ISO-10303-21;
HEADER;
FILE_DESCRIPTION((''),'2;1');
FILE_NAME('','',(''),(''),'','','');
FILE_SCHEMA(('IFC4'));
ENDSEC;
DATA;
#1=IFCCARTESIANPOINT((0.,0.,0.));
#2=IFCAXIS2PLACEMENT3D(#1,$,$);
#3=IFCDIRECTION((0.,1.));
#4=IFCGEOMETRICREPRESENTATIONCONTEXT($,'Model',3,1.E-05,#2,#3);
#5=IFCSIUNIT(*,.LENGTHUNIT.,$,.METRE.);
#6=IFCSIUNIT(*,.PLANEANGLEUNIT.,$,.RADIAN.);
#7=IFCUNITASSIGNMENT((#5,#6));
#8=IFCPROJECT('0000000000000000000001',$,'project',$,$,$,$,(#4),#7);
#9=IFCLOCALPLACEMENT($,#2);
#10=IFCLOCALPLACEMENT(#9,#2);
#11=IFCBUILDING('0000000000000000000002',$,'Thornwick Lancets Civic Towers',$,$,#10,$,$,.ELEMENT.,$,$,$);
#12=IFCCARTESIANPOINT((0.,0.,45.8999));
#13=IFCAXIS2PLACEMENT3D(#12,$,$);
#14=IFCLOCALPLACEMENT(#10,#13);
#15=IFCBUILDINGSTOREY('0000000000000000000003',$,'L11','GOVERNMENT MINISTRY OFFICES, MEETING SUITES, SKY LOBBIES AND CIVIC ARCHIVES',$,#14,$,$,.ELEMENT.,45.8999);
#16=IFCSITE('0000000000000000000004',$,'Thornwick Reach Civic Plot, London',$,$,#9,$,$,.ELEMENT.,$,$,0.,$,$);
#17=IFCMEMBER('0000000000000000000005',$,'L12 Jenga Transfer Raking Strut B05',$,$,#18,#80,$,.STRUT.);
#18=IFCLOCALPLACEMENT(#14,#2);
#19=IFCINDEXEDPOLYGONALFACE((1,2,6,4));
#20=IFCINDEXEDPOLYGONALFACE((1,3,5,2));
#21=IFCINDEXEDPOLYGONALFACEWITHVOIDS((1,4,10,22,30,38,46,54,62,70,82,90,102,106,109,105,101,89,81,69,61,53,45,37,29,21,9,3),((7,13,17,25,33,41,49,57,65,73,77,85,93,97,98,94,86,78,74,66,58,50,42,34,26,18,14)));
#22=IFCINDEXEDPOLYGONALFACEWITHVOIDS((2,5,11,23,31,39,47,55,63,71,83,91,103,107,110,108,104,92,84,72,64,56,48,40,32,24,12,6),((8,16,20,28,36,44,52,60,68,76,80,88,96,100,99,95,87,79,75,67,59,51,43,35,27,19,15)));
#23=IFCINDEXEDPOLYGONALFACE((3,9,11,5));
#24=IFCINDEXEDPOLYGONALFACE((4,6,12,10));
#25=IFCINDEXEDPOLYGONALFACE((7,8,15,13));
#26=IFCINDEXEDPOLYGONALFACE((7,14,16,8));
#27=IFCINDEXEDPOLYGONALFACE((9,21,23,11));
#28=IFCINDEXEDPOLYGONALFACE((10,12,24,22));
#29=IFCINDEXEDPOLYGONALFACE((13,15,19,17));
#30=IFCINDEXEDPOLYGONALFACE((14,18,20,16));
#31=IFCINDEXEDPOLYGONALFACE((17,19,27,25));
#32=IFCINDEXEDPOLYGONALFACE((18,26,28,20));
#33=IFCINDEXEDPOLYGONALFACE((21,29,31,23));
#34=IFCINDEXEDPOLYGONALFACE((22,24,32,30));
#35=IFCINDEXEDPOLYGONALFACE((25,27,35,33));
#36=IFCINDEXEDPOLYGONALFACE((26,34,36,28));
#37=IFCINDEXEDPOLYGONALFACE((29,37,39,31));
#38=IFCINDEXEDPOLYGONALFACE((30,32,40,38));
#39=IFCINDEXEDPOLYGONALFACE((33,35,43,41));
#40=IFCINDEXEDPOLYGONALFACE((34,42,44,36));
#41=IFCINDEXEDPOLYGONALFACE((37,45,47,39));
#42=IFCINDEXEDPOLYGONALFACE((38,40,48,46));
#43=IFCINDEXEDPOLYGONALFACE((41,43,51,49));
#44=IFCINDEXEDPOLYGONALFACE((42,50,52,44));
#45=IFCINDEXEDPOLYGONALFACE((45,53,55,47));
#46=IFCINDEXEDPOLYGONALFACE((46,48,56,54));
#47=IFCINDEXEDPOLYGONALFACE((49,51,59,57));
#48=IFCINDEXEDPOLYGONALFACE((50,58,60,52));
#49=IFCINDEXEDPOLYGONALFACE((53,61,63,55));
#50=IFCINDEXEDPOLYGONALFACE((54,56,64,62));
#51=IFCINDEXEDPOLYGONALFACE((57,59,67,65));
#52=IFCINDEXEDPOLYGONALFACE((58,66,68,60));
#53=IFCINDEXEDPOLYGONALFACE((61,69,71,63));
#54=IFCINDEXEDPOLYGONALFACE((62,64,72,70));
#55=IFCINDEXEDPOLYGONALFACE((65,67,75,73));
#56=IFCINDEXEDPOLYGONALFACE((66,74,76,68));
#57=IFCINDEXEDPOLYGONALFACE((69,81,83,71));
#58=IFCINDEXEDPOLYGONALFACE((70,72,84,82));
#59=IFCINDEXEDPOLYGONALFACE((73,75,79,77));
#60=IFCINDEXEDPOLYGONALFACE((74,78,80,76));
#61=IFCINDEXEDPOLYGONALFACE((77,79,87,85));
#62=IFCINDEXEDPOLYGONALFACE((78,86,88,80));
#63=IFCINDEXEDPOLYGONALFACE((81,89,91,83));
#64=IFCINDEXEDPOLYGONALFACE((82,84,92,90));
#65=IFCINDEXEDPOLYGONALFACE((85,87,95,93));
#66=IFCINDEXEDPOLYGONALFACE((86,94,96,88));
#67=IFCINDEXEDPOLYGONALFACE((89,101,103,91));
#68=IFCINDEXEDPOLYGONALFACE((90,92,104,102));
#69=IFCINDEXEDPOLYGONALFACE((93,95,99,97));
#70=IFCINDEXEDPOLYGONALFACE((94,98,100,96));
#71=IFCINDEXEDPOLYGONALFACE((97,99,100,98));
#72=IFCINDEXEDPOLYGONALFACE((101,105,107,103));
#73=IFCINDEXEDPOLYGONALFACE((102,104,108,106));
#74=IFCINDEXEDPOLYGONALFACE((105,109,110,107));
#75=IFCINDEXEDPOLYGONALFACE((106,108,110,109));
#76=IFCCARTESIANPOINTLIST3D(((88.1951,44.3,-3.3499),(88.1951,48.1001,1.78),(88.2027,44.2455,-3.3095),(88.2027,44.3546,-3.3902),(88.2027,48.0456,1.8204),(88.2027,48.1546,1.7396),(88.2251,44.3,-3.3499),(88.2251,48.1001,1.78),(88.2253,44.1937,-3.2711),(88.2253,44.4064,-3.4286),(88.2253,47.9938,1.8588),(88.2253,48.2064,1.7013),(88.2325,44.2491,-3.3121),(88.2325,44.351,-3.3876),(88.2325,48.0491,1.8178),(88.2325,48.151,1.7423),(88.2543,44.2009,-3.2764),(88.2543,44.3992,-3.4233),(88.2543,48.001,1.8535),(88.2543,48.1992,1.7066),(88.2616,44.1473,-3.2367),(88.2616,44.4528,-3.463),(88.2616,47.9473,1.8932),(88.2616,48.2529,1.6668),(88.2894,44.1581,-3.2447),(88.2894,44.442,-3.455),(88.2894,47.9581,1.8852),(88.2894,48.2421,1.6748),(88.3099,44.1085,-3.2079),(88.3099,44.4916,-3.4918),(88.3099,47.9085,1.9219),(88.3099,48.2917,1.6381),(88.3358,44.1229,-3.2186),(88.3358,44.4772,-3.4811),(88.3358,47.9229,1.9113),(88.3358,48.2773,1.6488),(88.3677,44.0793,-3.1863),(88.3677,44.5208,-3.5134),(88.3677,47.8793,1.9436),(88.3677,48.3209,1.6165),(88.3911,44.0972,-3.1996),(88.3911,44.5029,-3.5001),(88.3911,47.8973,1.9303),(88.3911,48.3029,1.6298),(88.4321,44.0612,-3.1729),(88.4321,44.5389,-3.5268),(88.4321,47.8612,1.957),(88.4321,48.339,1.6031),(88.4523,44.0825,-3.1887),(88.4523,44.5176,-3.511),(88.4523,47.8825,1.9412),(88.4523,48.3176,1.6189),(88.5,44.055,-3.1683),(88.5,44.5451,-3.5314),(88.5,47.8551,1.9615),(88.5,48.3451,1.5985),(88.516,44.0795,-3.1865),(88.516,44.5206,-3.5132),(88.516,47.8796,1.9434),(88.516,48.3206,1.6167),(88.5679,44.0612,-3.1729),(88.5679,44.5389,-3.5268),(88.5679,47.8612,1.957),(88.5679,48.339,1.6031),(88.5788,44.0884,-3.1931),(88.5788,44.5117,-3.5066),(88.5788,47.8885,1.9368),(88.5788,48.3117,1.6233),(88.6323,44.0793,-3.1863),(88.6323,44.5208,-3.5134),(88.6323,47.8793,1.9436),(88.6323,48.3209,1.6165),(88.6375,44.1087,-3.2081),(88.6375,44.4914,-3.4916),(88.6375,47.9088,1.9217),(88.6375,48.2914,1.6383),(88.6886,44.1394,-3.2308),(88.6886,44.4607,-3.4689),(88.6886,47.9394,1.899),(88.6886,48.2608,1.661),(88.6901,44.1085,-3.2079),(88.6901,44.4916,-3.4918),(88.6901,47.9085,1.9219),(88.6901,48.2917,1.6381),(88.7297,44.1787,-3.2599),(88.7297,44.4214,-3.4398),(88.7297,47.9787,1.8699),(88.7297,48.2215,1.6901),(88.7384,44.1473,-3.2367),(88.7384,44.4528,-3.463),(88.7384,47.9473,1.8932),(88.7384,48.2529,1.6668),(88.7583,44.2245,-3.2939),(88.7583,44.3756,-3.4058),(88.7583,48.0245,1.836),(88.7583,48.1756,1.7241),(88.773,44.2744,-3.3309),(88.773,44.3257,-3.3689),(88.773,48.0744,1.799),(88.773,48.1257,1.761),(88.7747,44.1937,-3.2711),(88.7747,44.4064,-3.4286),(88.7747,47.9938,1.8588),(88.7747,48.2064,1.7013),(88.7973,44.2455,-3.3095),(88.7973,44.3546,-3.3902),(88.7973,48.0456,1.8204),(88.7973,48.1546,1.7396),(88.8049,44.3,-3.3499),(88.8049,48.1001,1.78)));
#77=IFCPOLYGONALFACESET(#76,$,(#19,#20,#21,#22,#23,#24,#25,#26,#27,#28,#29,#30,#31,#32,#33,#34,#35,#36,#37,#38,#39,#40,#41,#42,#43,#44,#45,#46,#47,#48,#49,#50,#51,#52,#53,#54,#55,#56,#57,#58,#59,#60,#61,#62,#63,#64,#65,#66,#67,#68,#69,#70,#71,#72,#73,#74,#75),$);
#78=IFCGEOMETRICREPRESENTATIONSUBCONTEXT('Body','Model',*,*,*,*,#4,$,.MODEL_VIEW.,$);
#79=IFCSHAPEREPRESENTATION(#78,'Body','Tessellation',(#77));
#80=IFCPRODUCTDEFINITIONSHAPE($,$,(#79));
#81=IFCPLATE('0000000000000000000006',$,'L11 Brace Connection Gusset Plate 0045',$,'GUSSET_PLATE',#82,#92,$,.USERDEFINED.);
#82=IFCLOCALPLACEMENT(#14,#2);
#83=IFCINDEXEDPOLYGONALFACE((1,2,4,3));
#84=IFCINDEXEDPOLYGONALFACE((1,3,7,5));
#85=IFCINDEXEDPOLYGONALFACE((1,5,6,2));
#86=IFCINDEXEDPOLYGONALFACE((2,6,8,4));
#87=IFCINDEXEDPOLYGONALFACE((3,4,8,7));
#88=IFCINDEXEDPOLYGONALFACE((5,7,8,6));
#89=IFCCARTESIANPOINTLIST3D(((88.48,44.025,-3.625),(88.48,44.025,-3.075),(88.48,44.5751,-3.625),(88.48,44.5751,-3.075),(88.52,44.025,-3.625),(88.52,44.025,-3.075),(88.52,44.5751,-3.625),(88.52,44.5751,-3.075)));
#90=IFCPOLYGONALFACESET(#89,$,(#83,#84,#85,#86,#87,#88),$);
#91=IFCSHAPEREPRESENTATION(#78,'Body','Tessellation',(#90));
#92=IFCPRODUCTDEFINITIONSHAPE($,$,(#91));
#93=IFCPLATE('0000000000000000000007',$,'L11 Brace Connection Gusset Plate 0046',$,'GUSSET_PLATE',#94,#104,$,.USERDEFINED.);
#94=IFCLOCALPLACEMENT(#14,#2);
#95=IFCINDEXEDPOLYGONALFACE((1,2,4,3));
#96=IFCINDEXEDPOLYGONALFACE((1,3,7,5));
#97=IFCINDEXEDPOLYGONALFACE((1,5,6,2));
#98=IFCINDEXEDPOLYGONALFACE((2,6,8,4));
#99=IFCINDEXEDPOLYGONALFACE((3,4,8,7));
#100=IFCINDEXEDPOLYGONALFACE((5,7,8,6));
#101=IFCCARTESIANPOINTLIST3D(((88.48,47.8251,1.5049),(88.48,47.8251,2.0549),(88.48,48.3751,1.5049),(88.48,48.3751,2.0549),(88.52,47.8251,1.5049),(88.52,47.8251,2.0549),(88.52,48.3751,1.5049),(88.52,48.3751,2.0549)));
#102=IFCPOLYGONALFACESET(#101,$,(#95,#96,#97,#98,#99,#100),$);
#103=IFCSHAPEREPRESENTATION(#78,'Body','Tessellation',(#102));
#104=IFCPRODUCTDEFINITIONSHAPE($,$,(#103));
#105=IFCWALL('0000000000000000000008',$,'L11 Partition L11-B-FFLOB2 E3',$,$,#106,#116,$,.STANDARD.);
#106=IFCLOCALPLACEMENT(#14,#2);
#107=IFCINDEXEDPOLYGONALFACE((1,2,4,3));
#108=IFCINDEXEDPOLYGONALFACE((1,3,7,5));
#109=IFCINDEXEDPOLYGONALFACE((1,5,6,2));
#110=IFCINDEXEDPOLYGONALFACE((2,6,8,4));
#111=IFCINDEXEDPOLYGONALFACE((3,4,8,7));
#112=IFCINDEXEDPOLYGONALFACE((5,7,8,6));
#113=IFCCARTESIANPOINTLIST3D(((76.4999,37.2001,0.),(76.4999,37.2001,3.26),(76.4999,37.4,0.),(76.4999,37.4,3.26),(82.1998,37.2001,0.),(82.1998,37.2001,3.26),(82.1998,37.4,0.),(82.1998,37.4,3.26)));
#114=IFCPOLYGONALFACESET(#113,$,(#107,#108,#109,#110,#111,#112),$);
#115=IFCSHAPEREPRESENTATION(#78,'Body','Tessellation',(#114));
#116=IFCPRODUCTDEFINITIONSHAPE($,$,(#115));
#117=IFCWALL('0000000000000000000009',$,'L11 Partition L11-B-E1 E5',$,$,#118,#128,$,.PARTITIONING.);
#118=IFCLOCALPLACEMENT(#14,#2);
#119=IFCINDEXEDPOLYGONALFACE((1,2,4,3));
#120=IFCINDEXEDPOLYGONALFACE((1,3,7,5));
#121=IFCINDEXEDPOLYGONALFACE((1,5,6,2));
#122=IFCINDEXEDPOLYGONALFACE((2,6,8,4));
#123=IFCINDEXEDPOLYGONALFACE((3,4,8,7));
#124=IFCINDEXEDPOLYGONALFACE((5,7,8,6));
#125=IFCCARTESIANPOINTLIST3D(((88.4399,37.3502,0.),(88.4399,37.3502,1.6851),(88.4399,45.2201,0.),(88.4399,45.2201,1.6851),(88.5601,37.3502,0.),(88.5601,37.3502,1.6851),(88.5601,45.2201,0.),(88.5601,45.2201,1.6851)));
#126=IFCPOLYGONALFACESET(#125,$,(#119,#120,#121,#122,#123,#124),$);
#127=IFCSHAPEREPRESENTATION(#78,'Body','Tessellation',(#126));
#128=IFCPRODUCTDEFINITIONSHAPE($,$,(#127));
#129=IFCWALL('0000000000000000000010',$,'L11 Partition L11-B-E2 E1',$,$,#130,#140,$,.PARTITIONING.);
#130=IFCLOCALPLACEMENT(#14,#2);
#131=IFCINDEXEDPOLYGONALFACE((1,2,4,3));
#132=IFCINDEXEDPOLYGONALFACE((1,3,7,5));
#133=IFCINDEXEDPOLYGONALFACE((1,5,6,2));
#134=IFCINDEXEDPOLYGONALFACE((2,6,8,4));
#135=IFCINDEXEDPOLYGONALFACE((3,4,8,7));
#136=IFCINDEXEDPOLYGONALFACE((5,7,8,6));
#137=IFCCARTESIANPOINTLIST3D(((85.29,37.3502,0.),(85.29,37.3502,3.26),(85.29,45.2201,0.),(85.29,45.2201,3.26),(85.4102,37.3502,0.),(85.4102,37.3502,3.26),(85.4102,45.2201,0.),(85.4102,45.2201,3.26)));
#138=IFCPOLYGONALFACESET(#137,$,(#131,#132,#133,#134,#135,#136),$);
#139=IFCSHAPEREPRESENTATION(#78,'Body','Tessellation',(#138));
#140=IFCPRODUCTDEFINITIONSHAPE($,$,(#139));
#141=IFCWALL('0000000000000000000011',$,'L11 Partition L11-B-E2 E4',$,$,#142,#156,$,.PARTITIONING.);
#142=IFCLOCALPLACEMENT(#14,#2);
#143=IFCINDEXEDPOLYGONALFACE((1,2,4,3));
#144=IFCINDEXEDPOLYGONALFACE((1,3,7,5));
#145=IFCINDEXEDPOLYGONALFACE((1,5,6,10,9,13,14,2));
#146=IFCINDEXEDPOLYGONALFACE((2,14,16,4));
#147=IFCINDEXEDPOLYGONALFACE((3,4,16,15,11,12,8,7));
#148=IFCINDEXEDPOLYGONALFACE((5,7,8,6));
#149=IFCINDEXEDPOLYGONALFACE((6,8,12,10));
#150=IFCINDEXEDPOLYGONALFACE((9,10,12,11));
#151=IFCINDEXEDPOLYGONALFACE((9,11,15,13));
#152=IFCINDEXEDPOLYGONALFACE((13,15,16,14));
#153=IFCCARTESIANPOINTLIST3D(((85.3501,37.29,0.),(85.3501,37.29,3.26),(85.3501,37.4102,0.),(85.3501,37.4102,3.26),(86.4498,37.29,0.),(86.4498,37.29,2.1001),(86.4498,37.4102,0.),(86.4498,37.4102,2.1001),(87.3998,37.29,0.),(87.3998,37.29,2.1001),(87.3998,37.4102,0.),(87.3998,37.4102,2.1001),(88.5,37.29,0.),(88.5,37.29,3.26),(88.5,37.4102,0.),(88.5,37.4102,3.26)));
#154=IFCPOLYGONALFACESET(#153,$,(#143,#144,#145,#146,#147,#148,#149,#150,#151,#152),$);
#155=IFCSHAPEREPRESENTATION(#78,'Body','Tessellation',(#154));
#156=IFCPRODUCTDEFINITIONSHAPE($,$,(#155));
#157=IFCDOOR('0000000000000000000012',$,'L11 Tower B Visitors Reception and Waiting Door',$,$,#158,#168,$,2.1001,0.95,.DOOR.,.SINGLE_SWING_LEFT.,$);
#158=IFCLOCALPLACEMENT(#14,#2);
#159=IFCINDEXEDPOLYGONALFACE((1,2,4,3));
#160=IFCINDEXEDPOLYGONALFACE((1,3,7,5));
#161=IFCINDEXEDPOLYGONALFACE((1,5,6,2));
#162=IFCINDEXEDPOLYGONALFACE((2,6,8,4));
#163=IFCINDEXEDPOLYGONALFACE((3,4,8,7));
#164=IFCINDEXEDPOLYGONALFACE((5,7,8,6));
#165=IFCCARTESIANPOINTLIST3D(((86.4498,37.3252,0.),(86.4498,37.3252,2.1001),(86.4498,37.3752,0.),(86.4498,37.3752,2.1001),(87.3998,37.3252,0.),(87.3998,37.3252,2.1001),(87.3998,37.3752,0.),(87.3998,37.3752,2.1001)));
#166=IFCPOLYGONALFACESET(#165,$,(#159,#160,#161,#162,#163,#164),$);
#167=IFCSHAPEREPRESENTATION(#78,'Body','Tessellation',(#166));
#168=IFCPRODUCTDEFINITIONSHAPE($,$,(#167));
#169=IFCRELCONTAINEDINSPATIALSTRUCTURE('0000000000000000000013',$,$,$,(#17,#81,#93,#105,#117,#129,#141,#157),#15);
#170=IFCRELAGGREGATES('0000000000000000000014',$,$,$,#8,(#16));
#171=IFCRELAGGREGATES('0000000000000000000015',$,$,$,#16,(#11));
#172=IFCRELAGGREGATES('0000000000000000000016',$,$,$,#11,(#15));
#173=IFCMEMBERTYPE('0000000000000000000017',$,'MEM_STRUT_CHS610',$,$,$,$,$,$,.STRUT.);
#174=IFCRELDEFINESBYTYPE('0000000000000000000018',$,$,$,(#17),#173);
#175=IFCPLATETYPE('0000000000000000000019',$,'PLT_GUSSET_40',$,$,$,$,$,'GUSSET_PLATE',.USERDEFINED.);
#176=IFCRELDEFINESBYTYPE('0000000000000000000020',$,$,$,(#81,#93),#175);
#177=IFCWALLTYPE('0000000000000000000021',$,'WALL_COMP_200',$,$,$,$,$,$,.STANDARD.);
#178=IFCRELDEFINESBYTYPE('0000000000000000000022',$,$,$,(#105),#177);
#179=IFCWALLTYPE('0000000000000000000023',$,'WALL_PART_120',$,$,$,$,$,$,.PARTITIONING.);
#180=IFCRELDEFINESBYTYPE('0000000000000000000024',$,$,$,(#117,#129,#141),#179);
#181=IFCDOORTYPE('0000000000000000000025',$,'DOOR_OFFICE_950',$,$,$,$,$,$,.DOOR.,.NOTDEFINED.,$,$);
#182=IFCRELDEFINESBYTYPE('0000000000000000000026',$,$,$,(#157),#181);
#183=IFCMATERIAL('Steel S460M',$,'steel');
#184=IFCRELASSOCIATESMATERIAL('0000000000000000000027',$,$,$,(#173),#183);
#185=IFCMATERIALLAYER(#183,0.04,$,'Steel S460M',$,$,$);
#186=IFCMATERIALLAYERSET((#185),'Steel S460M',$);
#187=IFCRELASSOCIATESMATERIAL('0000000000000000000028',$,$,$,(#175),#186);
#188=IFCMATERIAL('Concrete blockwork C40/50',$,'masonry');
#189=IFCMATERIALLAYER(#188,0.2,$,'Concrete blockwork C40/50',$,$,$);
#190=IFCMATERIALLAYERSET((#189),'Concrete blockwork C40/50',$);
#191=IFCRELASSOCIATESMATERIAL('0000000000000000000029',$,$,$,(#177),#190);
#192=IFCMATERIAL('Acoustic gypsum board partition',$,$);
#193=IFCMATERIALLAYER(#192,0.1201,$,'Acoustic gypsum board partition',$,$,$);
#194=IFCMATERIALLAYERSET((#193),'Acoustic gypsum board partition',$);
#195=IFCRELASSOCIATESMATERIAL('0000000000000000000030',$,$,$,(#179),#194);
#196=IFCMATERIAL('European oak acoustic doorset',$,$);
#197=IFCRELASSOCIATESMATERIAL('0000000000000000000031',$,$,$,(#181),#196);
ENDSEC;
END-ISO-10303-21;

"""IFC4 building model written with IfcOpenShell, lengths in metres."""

from ifc_helpers import new_model, si_unit, direction, frame, frame_2d, origin, origin_2d, place, context, subcontext, project, spatial, rectangle, hollow_circle, extrude, material, layer, layer_set, material_profile, profile_set, type_object, element, fill, save


model = new_model("IFC4")

# Units and contexts
model_context = context("Model", 3, precision=1e-05, world=origin(), true_north=direction((0.0, 1.0)))
body_context = subcontext(model_context, "Body", "Model", "MODEL_VIEW")
ifc_project = project(units=[si_unit("LENGTHUNIT", "METRE"), si_unit("PLANEANGLEUNIT", "RADIAN")], contexts=[model_context])

# Site, building, storey
site_placement = place(None, origin())
site = spatial("IfcSite", under=ifc_project, at=site_placement, Name="Thornwick Reach Civic Plot, London", CompositionType="ELEMENT", RefElevation=0.0)
building_placement = place(site_placement, origin())
building = spatial("IfcBuilding", under=site, at=building_placement, Name="Thornwick Lancets Civic Towers", CompositionType="ELEMENT")
storey_placement = place(building_placement, frame((0.0, 0.0, 45.8999)))
storey = spatial("IfcBuildingStorey", under=building, at=storey_placement, Name="L11", Description="GOVERNMENT MINISTRY OFFICES, MEETING SUITES, SKY LOBBIES AND CIVIC ARCHIVES", CompositionType="ELEMENT", Elevation=45.8999)

# Member
ifc_material_1 = material(Name="Steel S460M", Category="steel")
ifc_material_profile_1 = material_profile(ifc_material_1, hollow_circle(Radius=0.3049, WallThickness=0.03, at=origin_2d()), Name="CHS 610x30")
ifc_profile_set_1 = profile_set([ifc_material_profile_1], Name="Steel S460M")
member_type = type_object("IfcMemberType", Name="MEM_STRUT_CHS610", PredefinedType="STRUT", material=ifc_profile_set_1)
member_placement = place(storey_placement, frame((88.5, 44.3, -3.3499), z_axis=(0.0, 0.595241, 0.803547), x_axis=(-1.0, 0.0, 0.0)))
element("IfcMember", 1, at=member_placement, inside=storey, type_object=member_type, Name="L12 Jenga Transfer Raking Strut B05", PredefinedType="STRUT", context=body_context, shape_type="SweptSolid", body=[
    extrude(hollow_circle(Radius=0.3049, WallThickness=0.03, at=origin_2d()), origin(), (0.0, 0.0, 1.0), 6.384),
])

# Plates
ifc_layer_1 = layer(ifc_material_1, 0.04, Name="Steel S460M")
ifc_layer_set_1 = layer_set([ifc_layer_1], Name="Steel S460M")
plate_type = type_object("IfcPlateType", Name="PLT_GUSSET_40", ElementType="GUSSET_PLATE", PredefinedType="USERDEFINED", material=ifc_layer_set_1)
for number, where, z_axis, x_axis, name in (
    (2, (88.5, 44.3, -3.625), (0.0, 0.0, 1.0), (0.0, 1.0, 0.0), "L11 Brace Connection Gusset Plate 0045"),
    (3, (88.5, 48.1001, 1.5049), (0.0, 0.0, 1.0), (0.0, 1.0, 0.0), "L11 Brace Connection Gusset Plate 0046"),
):
    element("IfcPlate", number, at=place(storey_placement, frame(where, z_axis=z_axis, x_axis=x_axis)), inside=storey, type_object=plate_type, Name=name, ObjectType="GUSSET_PLATE", PredefinedType="USERDEFINED", context=body_context, shape_type="SweptSolid", body=[
        extrude(rectangle(XDim=0.55, YDim=0.04, at=origin_2d()), origin(), (0.0, 0.0, 1.0), 0.55),
    ])

# Walls
ifc_material_2 = material(Name="Concrete blockwork C40/50", Category="masonry")
ifc_layer_2 = layer(ifc_material_2, 0.2, Name="Concrete blockwork C40/50")
ifc_layer_set_2 = layer_set([ifc_layer_2], Name="Concrete blockwork C40/50")
wall_type_1 = type_object("IfcWallType", Name="WALL_COMP_200", PredefinedType="STANDARD", material=ifc_layer_set_2)
wall_1_placement = place(storey_placement, frame((82.2, 37.3, 0.0), z_axis=(0.0, 0.0, 1.0), x_axis=(-1.0, 0.0, 0.0)))
element("IfcWall", 4, at=wall_1_placement, inside=storey, type_object=wall_type_1, Name="L11 Partition L11-B-FFLOB2 E3", PredefinedType="STANDARD", context=body_context, shape_type="SweptSolid", body=[
    extrude(rectangle(XDim=5.7, YDim=0.2, at=frame_2d((2.8501, 0.0))), origin(), (0.0, 0.0, 1.0), 3.26),
])
ifc_material_3 = material(Name="Acoustic gypsum board partition")
ifc_layer_3 = layer(ifc_material_3, 0.1201, Name="Acoustic gypsum board partition")
ifc_layer_set_3 = layer_set([ifc_layer_3], Name="Acoustic gypsum board partition")
wall_type_2 = type_object("IfcWallType", Name="WALL_PART_120", PredefinedType="PARTITIONING", material=ifc_layer_set_3)
wall_2_placement = place(storey_placement, frame((88.5, 37.3501, 0.0), z_axis=(0.0, 0.0, 1.0), x_axis=(0.0, 1.0, 0.0)))
element("IfcWall", 5, at=wall_2_placement, inside=storey, type_object=wall_type_2, Name="L11 Partition L11-B-E1 E5", PredefinedType="PARTITIONING", context=body_context, shape_type="SweptSolid", body=[
    extrude(rectangle(XDim=7.8699, YDim=0.1201, at=frame_2d((3.9351, 0.0))), origin(), (0.0, 0.0, 1.0), 1.6851),
])
wall_3_placement = place(storey_placement, frame((85.3501, 37.3501, 0.0), z_axis=(0.0, 0.0, 1.0), x_axis=(0.0, 1.0, 0.0)))
element("IfcWall", 6, at=wall_3_placement, inside=storey, type_object=wall_type_2, Name="L11 Partition L11-B-E2 E1", PredefinedType="PARTITIONING", context=body_context, shape_type="SweptSolid", body=[
    extrude(rectangle(XDim=7.8699, YDim=0.1201, at=frame_2d((3.9351, 0.0))), origin(), (0.0, 0.0, 1.0), 3.26),
])

# Wall, opening, door
wall_4_placement = place(storey_placement, frame((88.5, 37.3501, 0.0), z_axis=(0.0, 0.0, 1.0), x_axis=(-1.0, 0.0, 0.0)))
wall_4 = element("IfcWall", 7, at=wall_4_placement, inside=storey, type_object=wall_type_2, Name="L11 Partition L11-B-E2 E4", PredefinedType="PARTITIONING", context=body_context, shape_type="SweptSolid", body=[
    extrude(rectangle(XDim=3.1499, YDim=0.1201, at=frame_2d((1.575, 0.0))), origin(), (0.0, 0.0, 1.0), 3.26),
])
opening_1_placement = place(wall_4_placement, frame((1.1001, 0.0, 0.0)))
opening_1 = element("IfcOpeningElement", 8, at=opening_1_placement, cuts=wall_4, PredefinedType="OPENING", context=body_context, shape_type="SweptSolid", body=[
    extrude(rectangle(XDim=0.95, YDim=2.1001, at=frame_2d((0.4751, 1.05))), frame((0.0, 0.0701, 0.0), z_axis=(0.0, -1.0, 0.0), x_axis=(1.0, 0.0, 0.0)), (0.0, 0.0, 1.0), 0.1401),
])
ifc_material_4 = material(Name="European oak acoustic doorset")
door_type_1 = type_object("IfcDoorType", Name="DOOR_OFFICE_950", OperationType="NOTDEFINED", PredefinedType="DOOR", material=ifc_material_4)
door_1_placement = place(opening_1_placement, origin())
door_1 = element("IfcDoor", 9, at=door_1_placement, inside=storey, type_object=door_type_1, Name="L11 Tower B Visitors Reception and Waiting Door", OperationType="SINGLE_SWING_LEFT", OverallHeight=2.1001, OverallWidth=0.95, PredefinedType="DOOR", context=body_context, shape_type="SweptSolid", body=[
    extrude(rectangle(XDim=0.95, YDim=2.1001, at=frame_2d((0.4751, 1.05))), frame((0.0, 0.0249, 0.0), z_axis=(0.0, -1.0, 0.0), x_axis=(1.0, 0.0, 0.0)), (0.0, 0.0, 1.0), 0.05),
])
fill(opening_1, door_1)

save(model, "model.ifc")
